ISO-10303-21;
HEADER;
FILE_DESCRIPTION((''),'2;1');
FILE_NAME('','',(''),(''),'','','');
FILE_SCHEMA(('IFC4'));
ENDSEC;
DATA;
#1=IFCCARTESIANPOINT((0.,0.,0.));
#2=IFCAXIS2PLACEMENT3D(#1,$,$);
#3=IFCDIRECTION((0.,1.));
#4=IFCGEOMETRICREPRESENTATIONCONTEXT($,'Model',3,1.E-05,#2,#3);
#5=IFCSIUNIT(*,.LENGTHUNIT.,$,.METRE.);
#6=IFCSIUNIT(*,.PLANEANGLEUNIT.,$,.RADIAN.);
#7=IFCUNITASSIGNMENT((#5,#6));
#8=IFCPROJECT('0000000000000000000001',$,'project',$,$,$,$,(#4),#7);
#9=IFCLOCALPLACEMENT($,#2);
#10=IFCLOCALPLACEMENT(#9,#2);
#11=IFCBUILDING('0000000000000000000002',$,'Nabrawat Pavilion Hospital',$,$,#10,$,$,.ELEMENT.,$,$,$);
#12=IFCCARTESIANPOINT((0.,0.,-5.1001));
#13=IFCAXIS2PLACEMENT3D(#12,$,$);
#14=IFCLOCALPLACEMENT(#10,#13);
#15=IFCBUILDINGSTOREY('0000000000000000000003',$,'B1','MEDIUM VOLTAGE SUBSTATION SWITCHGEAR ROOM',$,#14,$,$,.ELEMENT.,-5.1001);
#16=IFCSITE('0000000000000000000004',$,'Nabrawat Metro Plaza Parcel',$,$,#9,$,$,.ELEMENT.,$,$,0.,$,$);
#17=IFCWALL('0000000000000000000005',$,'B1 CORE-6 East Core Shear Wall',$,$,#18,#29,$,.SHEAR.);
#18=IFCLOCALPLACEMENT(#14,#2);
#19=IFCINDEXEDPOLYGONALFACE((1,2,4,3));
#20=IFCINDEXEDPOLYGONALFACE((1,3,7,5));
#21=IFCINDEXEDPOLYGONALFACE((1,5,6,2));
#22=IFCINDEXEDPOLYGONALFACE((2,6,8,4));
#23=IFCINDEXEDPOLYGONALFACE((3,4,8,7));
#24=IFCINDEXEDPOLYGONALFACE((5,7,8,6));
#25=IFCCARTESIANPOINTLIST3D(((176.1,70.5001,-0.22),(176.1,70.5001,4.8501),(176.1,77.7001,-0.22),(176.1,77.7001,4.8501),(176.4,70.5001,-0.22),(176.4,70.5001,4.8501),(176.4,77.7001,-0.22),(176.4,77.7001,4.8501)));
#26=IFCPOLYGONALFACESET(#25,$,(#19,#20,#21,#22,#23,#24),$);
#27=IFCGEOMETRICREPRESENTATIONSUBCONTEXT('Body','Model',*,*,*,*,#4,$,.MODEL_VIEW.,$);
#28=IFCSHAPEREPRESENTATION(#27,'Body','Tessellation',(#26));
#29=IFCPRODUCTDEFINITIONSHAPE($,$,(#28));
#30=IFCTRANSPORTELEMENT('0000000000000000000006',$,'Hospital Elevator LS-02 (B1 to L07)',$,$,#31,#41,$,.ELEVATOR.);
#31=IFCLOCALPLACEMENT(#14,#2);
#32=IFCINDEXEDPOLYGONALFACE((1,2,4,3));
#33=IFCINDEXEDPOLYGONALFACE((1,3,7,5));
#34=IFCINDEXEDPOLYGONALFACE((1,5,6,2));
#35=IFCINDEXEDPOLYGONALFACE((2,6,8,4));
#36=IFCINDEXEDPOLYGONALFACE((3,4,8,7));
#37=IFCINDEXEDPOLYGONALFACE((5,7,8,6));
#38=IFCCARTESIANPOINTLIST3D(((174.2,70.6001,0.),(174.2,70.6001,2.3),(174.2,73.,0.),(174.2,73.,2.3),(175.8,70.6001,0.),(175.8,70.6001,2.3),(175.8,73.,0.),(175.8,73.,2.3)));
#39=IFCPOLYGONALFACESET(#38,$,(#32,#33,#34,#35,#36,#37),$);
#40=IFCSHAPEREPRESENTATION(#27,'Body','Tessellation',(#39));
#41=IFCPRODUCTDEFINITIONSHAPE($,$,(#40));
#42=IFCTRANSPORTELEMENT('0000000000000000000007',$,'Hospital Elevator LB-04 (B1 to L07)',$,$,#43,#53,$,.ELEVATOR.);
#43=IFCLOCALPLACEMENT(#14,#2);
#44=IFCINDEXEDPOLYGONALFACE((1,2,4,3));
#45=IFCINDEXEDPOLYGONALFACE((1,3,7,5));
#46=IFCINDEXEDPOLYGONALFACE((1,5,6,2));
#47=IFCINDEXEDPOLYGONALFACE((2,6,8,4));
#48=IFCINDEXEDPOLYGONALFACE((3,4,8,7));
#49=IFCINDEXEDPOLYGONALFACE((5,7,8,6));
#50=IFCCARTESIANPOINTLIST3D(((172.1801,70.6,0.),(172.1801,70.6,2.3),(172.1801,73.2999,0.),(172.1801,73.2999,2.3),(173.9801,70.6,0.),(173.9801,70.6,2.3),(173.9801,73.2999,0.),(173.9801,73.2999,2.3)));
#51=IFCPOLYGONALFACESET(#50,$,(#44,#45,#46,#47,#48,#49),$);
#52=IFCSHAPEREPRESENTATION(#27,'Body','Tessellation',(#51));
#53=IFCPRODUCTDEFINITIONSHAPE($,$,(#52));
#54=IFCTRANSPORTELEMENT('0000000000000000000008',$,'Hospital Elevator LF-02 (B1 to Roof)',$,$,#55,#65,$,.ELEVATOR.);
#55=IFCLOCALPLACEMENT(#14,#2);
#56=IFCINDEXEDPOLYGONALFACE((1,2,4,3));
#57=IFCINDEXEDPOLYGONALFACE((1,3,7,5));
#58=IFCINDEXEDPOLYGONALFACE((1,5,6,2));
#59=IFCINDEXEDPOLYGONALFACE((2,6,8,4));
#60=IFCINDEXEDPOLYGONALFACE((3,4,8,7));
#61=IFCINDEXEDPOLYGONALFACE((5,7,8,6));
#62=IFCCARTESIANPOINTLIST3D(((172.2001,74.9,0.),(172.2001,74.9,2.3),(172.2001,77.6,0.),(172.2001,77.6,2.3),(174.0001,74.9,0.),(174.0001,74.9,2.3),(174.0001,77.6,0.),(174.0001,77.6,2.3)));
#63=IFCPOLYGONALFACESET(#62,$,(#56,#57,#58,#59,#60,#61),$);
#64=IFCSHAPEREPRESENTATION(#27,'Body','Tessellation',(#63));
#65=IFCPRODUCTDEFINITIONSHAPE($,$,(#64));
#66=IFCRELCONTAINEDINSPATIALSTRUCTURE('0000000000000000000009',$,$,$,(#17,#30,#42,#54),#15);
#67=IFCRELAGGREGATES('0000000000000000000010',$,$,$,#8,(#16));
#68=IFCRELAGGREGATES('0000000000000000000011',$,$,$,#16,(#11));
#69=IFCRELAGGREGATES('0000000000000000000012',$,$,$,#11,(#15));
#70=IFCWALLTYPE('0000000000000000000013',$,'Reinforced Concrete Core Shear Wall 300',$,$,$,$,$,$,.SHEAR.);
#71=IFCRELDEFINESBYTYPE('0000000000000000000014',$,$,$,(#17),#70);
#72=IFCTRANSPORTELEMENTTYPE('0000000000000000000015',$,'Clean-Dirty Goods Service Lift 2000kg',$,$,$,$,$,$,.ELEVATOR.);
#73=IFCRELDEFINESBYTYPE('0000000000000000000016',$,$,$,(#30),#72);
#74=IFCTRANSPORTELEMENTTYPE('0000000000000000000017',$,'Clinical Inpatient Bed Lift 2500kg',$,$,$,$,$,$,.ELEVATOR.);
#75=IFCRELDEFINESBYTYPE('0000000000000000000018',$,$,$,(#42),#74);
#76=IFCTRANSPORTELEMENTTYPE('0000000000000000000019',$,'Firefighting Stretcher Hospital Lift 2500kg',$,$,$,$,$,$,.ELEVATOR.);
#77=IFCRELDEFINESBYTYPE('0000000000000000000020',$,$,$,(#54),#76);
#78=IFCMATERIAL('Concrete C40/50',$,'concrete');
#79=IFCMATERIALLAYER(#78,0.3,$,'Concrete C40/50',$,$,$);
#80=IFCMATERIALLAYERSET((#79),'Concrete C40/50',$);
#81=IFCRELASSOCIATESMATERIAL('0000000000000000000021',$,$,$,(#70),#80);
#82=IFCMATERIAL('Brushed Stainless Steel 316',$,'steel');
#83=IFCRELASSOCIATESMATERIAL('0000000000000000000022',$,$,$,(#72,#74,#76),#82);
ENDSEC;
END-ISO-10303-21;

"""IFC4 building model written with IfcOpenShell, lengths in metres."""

from ifc_helpers import new_model, si_unit, direction, frame, frame_2d, origin, origin_2d, place, context, subcontext, project, spatial, rectangle, extrude, material, layer, layer_set, type_object, element, save


model = new_model("IFC4")

# Units and contexts
model_context = context("Model", 3, precision=1e-05, world=origin(), true_north=direction((0.0, 1.0)))
body_context = subcontext(model_context, "Body", "Model", "MODEL_VIEW")
ifc_project = project(units=[si_unit("LENGTHUNIT", "METRE"), si_unit("PLANEANGLEUNIT", "RADIAN")], contexts=[model_context])

# Site, building, storey
site_placement = place(None, origin())
site = spatial("IfcSite", under=ifc_project, at=site_placement, Name="Nabrawat Metro Plaza Parcel", CompositionType="ELEMENT", RefElevation=0.0)
building_placement = place(site_placement, origin())
building = spatial("IfcBuilding", under=site, at=building_placement, Name="Nabrawat Pavilion Hospital", CompositionType="ELEMENT")
storey_placement = place(building_placement, frame((0.0, 0.0, -5.1001)))
storey = spatial("IfcBuildingStorey", under=building, at=storey_placement, Name="B1", Description="MEDIUM VOLTAGE SUBSTATION SWITCHGEAR ROOM", CompositionType="ELEMENT", Elevation=-5.1001)

# Wall
ifc_material_1 = material(Name="Concrete C40/50", Category="concrete")
ifc_layer_1 = layer(ifc_material_1, 0.3, Name="Concrete C40/50")
ifc_layer_set_1 = layer_set([ifc_layer_1], Name="Concrete C40/50")
wall_type_1 = type_object("IfcWallType", Name="Reinforced Concrete Core Shear Wall 300", PredefinedType="SHEAR", material=ifc_layer_set_1)
wall_1_placement = place(storey_placement, frame((176.25, 70.5, -0.22), z_axis=(0.0, 0.0, 1.0), x_axis=(0.0, 1.0, 0.0)))
element("IfcWall", 1, at=wall_1_placement, inside=storey, type_object=wall_type_1, Name="B1 CORE-6 East Core Shear Wall", PredefinedType="SHEAR", context=body_context, shape_type="SweptSolid", body=[
    extrude(rectangle(XDim=7.2, YDim=0.3, at=frame_2d((3.6001, 0.0))), origin(), (0.0, 0.0, 1.0), 5.0701),
])

# Transport elements
ifc_material_2 = material(Name="Brushed Stainless Steel 316", Category="steel")
transport_element_type_1 = type_object("IfcTransportElementType", Name="Clean-Dirty Goods Service Lift 2000kg", PredefinedType="ELEVATOR", material=ifc_material_2)
transport_element_1_placement = place(storey_placement, frame((175.0, 71.8, 0.0), z_axis=(0.0, 0.0, 1.0), x_axis=(1.0, 0.0, 0.0)))
element("IfcTransportElement", 2, at=transport_element_1_placement, inside=storey, type_object=transport_element_type_1, Name="Hospital Elevator LS-02 (B1 to L07)", PredefinedType="ELEVATOR", context=body_context, shape_type="SweptSolid", body=[
    extrude(rectangle(XDim=1.6001, YDim=2.3999, at=origin_2d()), origin(), (0.0, 0.0, 1.0), 2.3),
])
transport_element_type_2 = type_object("IfcTransportElementType", Name="Clinical Inpatient Bed Lift 2500kg", PredefinedType="ELEVATOR", material=ifc_material_2)
transport_element_2_placement = place(storey_placement, frame((173.0801, 71.95, 0.0), z_axis=(0.0, 0.0, 1.0), x_axis=(1.0, 0.0, 0.0)))
element("IfcTransportElement", 3, at=transport_element_2_placement, inside=storey, type_object=transport_element_type_2, Name="Hospital Elevator LB-04 (B1 to L07)", PredefinedType="ELEVATOR", context=body_context, shape_type="SweptSolid", body=[
    extrude(rectangle(XDim=1.8, YDim=2.7, at=origin_2d()), origin(), (0.0, 0.0, 1.0), 2.3),
])
transport_element_type_3 = type_object("IfcTransportElementType", Name="Firefighting Stretcher Hospital Lift 2500kg", PredefinedType="ELEVATOR", material=ifc_material_2)
transport_element_3_placement = place(storey_placement, frame((173.1001, 76.25, 0.0), z_axis=(0.0, 0.0, 1.0), x_axis=(1.0, 0.0, 0.0)))
element("IfcTransportElement", 4, at=transport_element_3_placement, inside=storey, type_object=transport_element_type_3, Name="Hospital Elevator LF-02 (B1 to Roof)", PredefinedType="ELEVATOR", context=body_context, shape_type="SweptSolid", body=[
    extrude(rectangle(XDim=1.8, YDim=2.7, at=origin_2d()), origin(), (0.0, 0.0, 1.0), 2.3),
])

save(model, "model.ifc")
